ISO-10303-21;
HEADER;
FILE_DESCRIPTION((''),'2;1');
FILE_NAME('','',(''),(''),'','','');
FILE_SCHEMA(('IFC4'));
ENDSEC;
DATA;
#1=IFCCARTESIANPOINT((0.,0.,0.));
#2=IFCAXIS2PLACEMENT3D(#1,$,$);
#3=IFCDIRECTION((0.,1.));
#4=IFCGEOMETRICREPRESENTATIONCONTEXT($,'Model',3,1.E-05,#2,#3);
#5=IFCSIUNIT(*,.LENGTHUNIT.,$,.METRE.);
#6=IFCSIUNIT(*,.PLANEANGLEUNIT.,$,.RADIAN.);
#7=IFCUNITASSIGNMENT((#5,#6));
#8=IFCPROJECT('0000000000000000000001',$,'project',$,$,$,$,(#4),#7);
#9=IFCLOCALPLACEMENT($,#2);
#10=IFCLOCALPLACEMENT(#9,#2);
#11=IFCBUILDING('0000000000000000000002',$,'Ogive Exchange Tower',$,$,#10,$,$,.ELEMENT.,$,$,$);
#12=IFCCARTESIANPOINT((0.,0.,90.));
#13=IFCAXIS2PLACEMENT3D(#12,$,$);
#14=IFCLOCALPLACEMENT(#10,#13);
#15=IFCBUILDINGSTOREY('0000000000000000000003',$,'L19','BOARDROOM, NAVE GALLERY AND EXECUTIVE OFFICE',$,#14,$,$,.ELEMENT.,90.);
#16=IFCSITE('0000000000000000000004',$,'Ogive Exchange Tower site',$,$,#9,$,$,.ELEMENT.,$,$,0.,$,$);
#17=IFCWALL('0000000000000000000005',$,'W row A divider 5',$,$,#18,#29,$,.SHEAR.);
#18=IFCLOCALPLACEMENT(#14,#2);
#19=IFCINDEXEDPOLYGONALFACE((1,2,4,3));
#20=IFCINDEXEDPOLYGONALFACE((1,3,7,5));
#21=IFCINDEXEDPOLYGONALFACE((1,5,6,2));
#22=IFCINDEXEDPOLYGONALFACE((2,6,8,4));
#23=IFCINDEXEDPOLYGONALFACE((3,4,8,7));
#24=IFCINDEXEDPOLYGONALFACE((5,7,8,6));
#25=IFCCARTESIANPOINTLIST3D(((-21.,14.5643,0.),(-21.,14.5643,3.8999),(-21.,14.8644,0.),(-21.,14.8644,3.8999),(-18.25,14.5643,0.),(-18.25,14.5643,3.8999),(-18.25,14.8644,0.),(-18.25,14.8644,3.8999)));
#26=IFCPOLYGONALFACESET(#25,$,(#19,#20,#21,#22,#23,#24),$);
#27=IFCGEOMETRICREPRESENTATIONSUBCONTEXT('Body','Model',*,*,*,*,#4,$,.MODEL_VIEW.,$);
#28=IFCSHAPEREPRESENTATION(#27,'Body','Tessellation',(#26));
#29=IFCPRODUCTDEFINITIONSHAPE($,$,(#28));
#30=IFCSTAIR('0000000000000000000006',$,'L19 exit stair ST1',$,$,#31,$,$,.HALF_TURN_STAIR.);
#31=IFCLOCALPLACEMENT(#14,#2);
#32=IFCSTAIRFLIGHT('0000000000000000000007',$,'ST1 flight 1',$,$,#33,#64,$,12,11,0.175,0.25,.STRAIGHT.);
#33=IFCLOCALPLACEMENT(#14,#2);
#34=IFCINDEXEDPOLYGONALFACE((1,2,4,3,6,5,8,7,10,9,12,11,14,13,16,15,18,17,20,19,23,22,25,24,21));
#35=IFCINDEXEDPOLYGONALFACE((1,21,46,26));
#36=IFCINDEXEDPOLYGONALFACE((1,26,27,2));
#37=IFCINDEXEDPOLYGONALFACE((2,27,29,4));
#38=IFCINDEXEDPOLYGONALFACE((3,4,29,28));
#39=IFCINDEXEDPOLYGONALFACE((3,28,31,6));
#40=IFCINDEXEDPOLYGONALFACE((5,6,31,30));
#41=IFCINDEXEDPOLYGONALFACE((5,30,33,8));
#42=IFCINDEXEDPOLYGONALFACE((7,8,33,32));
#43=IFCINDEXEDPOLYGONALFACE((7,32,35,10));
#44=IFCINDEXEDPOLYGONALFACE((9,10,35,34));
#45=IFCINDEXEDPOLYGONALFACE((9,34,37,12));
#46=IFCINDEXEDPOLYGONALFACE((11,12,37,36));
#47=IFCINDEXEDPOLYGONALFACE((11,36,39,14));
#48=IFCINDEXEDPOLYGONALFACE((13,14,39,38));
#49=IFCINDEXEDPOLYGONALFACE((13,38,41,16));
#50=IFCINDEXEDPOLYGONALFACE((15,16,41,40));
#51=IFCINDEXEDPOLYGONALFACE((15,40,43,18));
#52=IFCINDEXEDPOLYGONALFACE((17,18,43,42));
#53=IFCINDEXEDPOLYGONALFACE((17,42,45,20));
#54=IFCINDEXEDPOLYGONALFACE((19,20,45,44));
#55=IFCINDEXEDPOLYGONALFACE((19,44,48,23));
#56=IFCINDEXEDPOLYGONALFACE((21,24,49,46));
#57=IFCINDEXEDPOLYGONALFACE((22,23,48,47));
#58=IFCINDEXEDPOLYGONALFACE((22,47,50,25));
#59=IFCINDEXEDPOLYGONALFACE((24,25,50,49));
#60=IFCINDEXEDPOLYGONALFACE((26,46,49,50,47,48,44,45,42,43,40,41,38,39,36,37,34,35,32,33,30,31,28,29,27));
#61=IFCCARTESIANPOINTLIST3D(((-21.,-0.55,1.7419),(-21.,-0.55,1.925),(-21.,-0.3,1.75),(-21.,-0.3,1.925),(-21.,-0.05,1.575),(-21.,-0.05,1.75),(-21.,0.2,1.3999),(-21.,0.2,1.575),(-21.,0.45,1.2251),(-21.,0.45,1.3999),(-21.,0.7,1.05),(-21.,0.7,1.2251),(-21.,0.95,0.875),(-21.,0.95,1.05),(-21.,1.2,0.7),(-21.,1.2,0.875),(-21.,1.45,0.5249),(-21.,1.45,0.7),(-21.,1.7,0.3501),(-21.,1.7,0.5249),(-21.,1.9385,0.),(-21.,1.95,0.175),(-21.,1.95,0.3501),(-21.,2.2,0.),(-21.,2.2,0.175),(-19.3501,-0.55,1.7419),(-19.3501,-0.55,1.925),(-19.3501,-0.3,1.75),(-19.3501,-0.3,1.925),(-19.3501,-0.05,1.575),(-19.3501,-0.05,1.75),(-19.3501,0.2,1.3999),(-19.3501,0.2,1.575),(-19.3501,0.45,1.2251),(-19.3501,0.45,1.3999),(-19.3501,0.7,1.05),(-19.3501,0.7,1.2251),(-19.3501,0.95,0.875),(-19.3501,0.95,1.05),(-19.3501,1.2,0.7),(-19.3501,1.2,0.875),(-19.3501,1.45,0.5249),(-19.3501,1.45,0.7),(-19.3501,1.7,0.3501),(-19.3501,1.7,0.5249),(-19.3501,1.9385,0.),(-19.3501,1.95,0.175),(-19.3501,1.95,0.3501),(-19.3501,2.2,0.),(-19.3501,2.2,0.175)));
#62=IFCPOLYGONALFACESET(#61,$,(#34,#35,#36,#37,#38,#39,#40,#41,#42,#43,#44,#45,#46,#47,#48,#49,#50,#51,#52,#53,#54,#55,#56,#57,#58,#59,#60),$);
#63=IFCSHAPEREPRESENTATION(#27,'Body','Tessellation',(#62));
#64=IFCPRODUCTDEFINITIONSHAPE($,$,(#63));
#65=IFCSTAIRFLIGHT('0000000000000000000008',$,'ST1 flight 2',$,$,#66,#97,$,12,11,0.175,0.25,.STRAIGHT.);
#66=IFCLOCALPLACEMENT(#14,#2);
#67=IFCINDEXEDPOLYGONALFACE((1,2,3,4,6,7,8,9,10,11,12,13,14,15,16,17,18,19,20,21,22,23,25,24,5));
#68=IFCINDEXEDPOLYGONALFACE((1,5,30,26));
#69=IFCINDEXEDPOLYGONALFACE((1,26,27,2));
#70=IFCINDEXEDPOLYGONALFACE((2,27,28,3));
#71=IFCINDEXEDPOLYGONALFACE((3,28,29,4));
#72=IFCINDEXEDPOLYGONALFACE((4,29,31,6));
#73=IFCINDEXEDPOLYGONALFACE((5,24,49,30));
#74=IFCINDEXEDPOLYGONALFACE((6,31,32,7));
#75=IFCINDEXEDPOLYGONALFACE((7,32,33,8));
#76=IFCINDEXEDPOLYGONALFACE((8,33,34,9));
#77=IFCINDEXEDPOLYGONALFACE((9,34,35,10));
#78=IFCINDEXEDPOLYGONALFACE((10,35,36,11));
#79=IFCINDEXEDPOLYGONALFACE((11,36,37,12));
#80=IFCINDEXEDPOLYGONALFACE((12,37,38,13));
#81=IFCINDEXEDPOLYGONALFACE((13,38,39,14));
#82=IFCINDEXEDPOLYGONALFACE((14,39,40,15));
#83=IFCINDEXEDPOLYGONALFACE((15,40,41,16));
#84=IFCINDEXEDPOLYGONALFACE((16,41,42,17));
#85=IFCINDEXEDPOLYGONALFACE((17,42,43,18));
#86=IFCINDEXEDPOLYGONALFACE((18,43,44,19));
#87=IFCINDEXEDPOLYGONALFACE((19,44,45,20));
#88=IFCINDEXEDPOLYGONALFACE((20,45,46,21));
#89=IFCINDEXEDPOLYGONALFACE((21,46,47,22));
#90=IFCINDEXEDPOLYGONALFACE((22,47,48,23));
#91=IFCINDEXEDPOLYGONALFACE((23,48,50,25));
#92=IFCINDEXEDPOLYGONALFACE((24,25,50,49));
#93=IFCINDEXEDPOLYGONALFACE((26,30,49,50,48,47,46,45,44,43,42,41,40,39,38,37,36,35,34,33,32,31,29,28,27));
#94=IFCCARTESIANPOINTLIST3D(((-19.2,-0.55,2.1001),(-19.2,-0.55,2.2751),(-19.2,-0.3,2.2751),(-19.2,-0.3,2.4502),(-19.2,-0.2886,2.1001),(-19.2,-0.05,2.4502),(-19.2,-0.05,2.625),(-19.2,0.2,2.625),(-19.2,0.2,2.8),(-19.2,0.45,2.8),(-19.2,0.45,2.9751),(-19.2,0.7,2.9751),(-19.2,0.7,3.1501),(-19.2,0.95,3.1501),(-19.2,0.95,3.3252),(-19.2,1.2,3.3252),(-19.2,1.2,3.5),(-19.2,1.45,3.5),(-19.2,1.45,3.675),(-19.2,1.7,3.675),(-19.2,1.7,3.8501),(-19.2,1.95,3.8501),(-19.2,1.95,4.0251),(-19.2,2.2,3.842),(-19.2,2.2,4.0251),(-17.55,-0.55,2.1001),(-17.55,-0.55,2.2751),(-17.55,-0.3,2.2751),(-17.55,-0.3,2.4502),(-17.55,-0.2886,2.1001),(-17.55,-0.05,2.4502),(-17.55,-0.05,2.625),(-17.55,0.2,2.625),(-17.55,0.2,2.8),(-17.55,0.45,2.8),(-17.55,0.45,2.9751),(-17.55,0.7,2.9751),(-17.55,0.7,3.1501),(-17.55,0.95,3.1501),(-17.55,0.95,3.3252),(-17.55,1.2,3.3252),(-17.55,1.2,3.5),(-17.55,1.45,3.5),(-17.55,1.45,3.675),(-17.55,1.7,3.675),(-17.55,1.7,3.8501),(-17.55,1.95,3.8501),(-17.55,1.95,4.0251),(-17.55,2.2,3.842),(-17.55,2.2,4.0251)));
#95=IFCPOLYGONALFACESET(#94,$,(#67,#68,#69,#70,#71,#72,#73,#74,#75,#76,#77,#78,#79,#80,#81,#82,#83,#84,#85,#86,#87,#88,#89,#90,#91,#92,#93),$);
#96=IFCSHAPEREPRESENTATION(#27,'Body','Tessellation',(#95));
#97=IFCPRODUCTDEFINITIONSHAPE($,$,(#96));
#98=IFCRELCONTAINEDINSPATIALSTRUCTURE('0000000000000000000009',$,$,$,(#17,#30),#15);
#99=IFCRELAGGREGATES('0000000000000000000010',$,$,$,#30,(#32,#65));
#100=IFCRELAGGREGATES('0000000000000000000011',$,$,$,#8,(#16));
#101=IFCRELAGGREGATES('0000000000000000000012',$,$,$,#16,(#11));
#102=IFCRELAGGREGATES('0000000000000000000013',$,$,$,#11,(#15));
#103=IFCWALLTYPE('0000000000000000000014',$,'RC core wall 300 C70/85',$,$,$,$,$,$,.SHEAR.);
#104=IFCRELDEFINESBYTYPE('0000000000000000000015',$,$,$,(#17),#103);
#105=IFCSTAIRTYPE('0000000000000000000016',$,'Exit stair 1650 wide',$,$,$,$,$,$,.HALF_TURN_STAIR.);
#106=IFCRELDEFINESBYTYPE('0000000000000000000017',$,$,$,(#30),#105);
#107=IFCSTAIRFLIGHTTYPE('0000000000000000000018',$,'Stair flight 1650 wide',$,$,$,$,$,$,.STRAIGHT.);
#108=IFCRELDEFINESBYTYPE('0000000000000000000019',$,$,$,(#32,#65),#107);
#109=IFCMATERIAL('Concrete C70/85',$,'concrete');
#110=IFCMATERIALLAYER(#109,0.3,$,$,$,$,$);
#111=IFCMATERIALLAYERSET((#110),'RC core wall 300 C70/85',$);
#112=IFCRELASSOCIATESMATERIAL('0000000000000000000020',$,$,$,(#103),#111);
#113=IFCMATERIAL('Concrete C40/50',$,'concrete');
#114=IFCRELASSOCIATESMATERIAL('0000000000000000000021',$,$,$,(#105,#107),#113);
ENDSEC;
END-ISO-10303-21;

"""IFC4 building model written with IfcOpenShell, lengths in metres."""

from ifc_helpers import new_model, si_unit, direction, frame, frame_2d, origin, place, context, subcontext, project, spatial, polyline, rectangle, outline, extrude, material, layer, layer_set, type_object, element, aggregate, save


model = new_model("IFC4")

# Units and contexts
model_context = context("Model", 3, precision=1e-05, world=origin(), true_north=direction((0.0, 1.0)))
body_context = subcontext(model_context, "Body", "Model", "MODEL_VIEW")
ifc_project = project(units=[si_unit("LENGTHUNIT", "METRE"), si_unit("PLANEANGLEUNIT", "RADIAN")], contexts=[model_context])

# Site, building, storey
site_placement = place(None, origin())
site = spatial("IfcSite", under=ifc_project, at=site_placement, Name="Ogive Exchange Tower site", CompositionType="ELEMENT", RefElevation=0.0)
building_placement = place(site_placement, origin())
building = spatial("IfcBuilding", under=site, at=building_placement, Name="Ogive Exchange Tower", CompositionType="ELEMENT")
storey_placement = place(building_placement, frame((0.0, 0.0, 90.0)))
storey = spatial("IfcBuildingStorey", under=building, at=storey_placement, Name="L19", Description="BOARDROOM, NAVE GALLERY AND EXECUTIVE OFFICE", CompositionType="ELEMENT", Elevation=90.0)

# Shared definitions
ifc_material_1 = material(Name="Concrete C70/85", Category="concrete")

# Wall
ifc_layer_1 = layer(ifc_material_1, 0.3)
ifc_layer_set_1 = layer_set([ifc_layer_1], Name="RC core wall 300 C70/85")
wall_type_1 = type_object("IfcWallType", Name="RC core wall 300 C70/85", PredefinedType="SHEAR", material=ifc_layer_set_1)
for number, where, z_axis, x_axis, name in (
    (1, (-21.0, 14.7144, 0.0), (0.0, 0.0, 1.0), (1.0, 0.0, 0.0), "W row A divider 5"),
):
    element("IfcWall", number, at=place(storey_placement, frame(where, z_axis=z_axis, x_axis=x_axis)), inside=storey, type_object=wall_type_1, Name=name, PredefinedType="SHEAR", context=body_context, shape_type="SweptSolid", body=[
        extrude(rectangle(XDim=2.75, YDim=0.3, at=frame_2d((1.375, 0.0))), origin(), (0.0, 0.0, 1.0), 3.8999),
    ])

# Stair, stair flights
ifc_material_2 = material(Name="Concrete C40/50", Category="concrete")
stair_type = type_object("IfcStairType", Name="Exit stair 1650 wide", PredefinedType="HALF_TURN_STAIR", material=ifc_material_2)
stair_placement = place(storey_placement, origin())
stair = element("IfcStair", 2, at=stair_placement, inside=storey, type_object=stair_type, Name="L19 exit stair ST1", PredefinedType="HALF_TURN_STAIR")
stair_flight_type = type_object("IfcStairFlightType", Name="Stair flight 1650 wide", PredefinedType="STRAIGHT", material=ifc_material_2)
stair_flight_1_placement = place(storey_placement, frame((-20.175, 2.2, 0.0), z_axis=(0.0, 0.0, 1.0), x_axis=(0.0, -1.0, 0.0)))
stair_flight_1 = element("IfcStairFlight", 3, at=stair_flight_1_placement, type_object=stair_flight_type, Name="ST1 flight 1", NumberOfRisers=12, NumberOfTreads=11, PredefinedType="STRAIGHT", RiserHeight=0.175, TreadLength=0.25, context=body_context, shape_type="SweptSolid", body=[
    extrude(outline(polyline([(0.0, 0.0), (0.0, 0.175), (0.25, 0.175), (0.25, 0.3501), (0.5, 0.3501), (0.5, 0.5249), (0.75, 0.5249), (0.75, 0.7), (1.0, 0.7), (1.0, 0.875), (1.25, 0.875), (1.25, 1.05), (1.5, 1.05), (1.5, 1.2251), (1.75, 1.2251), (1.75, 1.3999), (2.0, 1.3999), (2.0, 1.575), (2.25, 1.575), (2.25, 1.75), (2.5, 1.75), (2.5, 1.925), (2.75, 1.925), (2.75, 2.1001), (2.75, 1.7419), (0.2615, 0.0), (0.0, 0.0)])), frame((0.0, 0.825, 0.0), z_axis=(0.0, -1.0, 0.0), x_axis=(1.0, 0.0, 0.0)), (0.0, 0.0, 1.0), 1.6499),
])
stair_flight_2_placement = place(storey_placement, frame((-18.375, -0.55, 2.1001), z_axis=(0.0, 0.0, 1.0), x_axis=(0.0, 1.0, 0.0)))
stair_flight_2 = element("IfcStairFlight", 4, at=stair_flight_2_placement, type_object=stair_flight_type, Name="ST1 flight 2", NumberOfRisers=12, NumberOfTreads=11, PredefinedType="STRAIGHT", RiserHeight=0.175, TreadLength=0.25, context=body_context, shape_type="SweptSolid", body=[
    extrude(outline(polyline([(0.0, 0.0), (0.0, 0.175), (0.25, 0.175), (0.25, 0.3501), (0.5, 0.3501), (0.5, 0.5249), (0.75, 0.5249), (0.75, 0.7), (1.0, 0.7), (1.0, 0.875), (1.25, 0.875), (1.25, 1.05), (1.5, 1.05), (1.5, 1.2251), (1.75, 1.2251), (1.75, 1.3999), (2.0, 1.3999), (2.0, 1.575), (2.25, 1.575), (2.25, 1.75), (2.5, 1.75), (2.5, 1.925), (2.75, 1.925), (2.75, 2.1001), (2.75, 1.7419), (0.2615, 0.0), (0.0, 0.0)])), frame((0.0, 0.825, 0.0), z_axis=(0.0, -1.0, 0.0), x_axis=(1.0, 0.0, 0.0)), (0.0, 0.0, 1.0), 1.6499),
])
aggregate(stair, [stair_flight_1, stair_flight_2])

save(model, "model.ifc")
